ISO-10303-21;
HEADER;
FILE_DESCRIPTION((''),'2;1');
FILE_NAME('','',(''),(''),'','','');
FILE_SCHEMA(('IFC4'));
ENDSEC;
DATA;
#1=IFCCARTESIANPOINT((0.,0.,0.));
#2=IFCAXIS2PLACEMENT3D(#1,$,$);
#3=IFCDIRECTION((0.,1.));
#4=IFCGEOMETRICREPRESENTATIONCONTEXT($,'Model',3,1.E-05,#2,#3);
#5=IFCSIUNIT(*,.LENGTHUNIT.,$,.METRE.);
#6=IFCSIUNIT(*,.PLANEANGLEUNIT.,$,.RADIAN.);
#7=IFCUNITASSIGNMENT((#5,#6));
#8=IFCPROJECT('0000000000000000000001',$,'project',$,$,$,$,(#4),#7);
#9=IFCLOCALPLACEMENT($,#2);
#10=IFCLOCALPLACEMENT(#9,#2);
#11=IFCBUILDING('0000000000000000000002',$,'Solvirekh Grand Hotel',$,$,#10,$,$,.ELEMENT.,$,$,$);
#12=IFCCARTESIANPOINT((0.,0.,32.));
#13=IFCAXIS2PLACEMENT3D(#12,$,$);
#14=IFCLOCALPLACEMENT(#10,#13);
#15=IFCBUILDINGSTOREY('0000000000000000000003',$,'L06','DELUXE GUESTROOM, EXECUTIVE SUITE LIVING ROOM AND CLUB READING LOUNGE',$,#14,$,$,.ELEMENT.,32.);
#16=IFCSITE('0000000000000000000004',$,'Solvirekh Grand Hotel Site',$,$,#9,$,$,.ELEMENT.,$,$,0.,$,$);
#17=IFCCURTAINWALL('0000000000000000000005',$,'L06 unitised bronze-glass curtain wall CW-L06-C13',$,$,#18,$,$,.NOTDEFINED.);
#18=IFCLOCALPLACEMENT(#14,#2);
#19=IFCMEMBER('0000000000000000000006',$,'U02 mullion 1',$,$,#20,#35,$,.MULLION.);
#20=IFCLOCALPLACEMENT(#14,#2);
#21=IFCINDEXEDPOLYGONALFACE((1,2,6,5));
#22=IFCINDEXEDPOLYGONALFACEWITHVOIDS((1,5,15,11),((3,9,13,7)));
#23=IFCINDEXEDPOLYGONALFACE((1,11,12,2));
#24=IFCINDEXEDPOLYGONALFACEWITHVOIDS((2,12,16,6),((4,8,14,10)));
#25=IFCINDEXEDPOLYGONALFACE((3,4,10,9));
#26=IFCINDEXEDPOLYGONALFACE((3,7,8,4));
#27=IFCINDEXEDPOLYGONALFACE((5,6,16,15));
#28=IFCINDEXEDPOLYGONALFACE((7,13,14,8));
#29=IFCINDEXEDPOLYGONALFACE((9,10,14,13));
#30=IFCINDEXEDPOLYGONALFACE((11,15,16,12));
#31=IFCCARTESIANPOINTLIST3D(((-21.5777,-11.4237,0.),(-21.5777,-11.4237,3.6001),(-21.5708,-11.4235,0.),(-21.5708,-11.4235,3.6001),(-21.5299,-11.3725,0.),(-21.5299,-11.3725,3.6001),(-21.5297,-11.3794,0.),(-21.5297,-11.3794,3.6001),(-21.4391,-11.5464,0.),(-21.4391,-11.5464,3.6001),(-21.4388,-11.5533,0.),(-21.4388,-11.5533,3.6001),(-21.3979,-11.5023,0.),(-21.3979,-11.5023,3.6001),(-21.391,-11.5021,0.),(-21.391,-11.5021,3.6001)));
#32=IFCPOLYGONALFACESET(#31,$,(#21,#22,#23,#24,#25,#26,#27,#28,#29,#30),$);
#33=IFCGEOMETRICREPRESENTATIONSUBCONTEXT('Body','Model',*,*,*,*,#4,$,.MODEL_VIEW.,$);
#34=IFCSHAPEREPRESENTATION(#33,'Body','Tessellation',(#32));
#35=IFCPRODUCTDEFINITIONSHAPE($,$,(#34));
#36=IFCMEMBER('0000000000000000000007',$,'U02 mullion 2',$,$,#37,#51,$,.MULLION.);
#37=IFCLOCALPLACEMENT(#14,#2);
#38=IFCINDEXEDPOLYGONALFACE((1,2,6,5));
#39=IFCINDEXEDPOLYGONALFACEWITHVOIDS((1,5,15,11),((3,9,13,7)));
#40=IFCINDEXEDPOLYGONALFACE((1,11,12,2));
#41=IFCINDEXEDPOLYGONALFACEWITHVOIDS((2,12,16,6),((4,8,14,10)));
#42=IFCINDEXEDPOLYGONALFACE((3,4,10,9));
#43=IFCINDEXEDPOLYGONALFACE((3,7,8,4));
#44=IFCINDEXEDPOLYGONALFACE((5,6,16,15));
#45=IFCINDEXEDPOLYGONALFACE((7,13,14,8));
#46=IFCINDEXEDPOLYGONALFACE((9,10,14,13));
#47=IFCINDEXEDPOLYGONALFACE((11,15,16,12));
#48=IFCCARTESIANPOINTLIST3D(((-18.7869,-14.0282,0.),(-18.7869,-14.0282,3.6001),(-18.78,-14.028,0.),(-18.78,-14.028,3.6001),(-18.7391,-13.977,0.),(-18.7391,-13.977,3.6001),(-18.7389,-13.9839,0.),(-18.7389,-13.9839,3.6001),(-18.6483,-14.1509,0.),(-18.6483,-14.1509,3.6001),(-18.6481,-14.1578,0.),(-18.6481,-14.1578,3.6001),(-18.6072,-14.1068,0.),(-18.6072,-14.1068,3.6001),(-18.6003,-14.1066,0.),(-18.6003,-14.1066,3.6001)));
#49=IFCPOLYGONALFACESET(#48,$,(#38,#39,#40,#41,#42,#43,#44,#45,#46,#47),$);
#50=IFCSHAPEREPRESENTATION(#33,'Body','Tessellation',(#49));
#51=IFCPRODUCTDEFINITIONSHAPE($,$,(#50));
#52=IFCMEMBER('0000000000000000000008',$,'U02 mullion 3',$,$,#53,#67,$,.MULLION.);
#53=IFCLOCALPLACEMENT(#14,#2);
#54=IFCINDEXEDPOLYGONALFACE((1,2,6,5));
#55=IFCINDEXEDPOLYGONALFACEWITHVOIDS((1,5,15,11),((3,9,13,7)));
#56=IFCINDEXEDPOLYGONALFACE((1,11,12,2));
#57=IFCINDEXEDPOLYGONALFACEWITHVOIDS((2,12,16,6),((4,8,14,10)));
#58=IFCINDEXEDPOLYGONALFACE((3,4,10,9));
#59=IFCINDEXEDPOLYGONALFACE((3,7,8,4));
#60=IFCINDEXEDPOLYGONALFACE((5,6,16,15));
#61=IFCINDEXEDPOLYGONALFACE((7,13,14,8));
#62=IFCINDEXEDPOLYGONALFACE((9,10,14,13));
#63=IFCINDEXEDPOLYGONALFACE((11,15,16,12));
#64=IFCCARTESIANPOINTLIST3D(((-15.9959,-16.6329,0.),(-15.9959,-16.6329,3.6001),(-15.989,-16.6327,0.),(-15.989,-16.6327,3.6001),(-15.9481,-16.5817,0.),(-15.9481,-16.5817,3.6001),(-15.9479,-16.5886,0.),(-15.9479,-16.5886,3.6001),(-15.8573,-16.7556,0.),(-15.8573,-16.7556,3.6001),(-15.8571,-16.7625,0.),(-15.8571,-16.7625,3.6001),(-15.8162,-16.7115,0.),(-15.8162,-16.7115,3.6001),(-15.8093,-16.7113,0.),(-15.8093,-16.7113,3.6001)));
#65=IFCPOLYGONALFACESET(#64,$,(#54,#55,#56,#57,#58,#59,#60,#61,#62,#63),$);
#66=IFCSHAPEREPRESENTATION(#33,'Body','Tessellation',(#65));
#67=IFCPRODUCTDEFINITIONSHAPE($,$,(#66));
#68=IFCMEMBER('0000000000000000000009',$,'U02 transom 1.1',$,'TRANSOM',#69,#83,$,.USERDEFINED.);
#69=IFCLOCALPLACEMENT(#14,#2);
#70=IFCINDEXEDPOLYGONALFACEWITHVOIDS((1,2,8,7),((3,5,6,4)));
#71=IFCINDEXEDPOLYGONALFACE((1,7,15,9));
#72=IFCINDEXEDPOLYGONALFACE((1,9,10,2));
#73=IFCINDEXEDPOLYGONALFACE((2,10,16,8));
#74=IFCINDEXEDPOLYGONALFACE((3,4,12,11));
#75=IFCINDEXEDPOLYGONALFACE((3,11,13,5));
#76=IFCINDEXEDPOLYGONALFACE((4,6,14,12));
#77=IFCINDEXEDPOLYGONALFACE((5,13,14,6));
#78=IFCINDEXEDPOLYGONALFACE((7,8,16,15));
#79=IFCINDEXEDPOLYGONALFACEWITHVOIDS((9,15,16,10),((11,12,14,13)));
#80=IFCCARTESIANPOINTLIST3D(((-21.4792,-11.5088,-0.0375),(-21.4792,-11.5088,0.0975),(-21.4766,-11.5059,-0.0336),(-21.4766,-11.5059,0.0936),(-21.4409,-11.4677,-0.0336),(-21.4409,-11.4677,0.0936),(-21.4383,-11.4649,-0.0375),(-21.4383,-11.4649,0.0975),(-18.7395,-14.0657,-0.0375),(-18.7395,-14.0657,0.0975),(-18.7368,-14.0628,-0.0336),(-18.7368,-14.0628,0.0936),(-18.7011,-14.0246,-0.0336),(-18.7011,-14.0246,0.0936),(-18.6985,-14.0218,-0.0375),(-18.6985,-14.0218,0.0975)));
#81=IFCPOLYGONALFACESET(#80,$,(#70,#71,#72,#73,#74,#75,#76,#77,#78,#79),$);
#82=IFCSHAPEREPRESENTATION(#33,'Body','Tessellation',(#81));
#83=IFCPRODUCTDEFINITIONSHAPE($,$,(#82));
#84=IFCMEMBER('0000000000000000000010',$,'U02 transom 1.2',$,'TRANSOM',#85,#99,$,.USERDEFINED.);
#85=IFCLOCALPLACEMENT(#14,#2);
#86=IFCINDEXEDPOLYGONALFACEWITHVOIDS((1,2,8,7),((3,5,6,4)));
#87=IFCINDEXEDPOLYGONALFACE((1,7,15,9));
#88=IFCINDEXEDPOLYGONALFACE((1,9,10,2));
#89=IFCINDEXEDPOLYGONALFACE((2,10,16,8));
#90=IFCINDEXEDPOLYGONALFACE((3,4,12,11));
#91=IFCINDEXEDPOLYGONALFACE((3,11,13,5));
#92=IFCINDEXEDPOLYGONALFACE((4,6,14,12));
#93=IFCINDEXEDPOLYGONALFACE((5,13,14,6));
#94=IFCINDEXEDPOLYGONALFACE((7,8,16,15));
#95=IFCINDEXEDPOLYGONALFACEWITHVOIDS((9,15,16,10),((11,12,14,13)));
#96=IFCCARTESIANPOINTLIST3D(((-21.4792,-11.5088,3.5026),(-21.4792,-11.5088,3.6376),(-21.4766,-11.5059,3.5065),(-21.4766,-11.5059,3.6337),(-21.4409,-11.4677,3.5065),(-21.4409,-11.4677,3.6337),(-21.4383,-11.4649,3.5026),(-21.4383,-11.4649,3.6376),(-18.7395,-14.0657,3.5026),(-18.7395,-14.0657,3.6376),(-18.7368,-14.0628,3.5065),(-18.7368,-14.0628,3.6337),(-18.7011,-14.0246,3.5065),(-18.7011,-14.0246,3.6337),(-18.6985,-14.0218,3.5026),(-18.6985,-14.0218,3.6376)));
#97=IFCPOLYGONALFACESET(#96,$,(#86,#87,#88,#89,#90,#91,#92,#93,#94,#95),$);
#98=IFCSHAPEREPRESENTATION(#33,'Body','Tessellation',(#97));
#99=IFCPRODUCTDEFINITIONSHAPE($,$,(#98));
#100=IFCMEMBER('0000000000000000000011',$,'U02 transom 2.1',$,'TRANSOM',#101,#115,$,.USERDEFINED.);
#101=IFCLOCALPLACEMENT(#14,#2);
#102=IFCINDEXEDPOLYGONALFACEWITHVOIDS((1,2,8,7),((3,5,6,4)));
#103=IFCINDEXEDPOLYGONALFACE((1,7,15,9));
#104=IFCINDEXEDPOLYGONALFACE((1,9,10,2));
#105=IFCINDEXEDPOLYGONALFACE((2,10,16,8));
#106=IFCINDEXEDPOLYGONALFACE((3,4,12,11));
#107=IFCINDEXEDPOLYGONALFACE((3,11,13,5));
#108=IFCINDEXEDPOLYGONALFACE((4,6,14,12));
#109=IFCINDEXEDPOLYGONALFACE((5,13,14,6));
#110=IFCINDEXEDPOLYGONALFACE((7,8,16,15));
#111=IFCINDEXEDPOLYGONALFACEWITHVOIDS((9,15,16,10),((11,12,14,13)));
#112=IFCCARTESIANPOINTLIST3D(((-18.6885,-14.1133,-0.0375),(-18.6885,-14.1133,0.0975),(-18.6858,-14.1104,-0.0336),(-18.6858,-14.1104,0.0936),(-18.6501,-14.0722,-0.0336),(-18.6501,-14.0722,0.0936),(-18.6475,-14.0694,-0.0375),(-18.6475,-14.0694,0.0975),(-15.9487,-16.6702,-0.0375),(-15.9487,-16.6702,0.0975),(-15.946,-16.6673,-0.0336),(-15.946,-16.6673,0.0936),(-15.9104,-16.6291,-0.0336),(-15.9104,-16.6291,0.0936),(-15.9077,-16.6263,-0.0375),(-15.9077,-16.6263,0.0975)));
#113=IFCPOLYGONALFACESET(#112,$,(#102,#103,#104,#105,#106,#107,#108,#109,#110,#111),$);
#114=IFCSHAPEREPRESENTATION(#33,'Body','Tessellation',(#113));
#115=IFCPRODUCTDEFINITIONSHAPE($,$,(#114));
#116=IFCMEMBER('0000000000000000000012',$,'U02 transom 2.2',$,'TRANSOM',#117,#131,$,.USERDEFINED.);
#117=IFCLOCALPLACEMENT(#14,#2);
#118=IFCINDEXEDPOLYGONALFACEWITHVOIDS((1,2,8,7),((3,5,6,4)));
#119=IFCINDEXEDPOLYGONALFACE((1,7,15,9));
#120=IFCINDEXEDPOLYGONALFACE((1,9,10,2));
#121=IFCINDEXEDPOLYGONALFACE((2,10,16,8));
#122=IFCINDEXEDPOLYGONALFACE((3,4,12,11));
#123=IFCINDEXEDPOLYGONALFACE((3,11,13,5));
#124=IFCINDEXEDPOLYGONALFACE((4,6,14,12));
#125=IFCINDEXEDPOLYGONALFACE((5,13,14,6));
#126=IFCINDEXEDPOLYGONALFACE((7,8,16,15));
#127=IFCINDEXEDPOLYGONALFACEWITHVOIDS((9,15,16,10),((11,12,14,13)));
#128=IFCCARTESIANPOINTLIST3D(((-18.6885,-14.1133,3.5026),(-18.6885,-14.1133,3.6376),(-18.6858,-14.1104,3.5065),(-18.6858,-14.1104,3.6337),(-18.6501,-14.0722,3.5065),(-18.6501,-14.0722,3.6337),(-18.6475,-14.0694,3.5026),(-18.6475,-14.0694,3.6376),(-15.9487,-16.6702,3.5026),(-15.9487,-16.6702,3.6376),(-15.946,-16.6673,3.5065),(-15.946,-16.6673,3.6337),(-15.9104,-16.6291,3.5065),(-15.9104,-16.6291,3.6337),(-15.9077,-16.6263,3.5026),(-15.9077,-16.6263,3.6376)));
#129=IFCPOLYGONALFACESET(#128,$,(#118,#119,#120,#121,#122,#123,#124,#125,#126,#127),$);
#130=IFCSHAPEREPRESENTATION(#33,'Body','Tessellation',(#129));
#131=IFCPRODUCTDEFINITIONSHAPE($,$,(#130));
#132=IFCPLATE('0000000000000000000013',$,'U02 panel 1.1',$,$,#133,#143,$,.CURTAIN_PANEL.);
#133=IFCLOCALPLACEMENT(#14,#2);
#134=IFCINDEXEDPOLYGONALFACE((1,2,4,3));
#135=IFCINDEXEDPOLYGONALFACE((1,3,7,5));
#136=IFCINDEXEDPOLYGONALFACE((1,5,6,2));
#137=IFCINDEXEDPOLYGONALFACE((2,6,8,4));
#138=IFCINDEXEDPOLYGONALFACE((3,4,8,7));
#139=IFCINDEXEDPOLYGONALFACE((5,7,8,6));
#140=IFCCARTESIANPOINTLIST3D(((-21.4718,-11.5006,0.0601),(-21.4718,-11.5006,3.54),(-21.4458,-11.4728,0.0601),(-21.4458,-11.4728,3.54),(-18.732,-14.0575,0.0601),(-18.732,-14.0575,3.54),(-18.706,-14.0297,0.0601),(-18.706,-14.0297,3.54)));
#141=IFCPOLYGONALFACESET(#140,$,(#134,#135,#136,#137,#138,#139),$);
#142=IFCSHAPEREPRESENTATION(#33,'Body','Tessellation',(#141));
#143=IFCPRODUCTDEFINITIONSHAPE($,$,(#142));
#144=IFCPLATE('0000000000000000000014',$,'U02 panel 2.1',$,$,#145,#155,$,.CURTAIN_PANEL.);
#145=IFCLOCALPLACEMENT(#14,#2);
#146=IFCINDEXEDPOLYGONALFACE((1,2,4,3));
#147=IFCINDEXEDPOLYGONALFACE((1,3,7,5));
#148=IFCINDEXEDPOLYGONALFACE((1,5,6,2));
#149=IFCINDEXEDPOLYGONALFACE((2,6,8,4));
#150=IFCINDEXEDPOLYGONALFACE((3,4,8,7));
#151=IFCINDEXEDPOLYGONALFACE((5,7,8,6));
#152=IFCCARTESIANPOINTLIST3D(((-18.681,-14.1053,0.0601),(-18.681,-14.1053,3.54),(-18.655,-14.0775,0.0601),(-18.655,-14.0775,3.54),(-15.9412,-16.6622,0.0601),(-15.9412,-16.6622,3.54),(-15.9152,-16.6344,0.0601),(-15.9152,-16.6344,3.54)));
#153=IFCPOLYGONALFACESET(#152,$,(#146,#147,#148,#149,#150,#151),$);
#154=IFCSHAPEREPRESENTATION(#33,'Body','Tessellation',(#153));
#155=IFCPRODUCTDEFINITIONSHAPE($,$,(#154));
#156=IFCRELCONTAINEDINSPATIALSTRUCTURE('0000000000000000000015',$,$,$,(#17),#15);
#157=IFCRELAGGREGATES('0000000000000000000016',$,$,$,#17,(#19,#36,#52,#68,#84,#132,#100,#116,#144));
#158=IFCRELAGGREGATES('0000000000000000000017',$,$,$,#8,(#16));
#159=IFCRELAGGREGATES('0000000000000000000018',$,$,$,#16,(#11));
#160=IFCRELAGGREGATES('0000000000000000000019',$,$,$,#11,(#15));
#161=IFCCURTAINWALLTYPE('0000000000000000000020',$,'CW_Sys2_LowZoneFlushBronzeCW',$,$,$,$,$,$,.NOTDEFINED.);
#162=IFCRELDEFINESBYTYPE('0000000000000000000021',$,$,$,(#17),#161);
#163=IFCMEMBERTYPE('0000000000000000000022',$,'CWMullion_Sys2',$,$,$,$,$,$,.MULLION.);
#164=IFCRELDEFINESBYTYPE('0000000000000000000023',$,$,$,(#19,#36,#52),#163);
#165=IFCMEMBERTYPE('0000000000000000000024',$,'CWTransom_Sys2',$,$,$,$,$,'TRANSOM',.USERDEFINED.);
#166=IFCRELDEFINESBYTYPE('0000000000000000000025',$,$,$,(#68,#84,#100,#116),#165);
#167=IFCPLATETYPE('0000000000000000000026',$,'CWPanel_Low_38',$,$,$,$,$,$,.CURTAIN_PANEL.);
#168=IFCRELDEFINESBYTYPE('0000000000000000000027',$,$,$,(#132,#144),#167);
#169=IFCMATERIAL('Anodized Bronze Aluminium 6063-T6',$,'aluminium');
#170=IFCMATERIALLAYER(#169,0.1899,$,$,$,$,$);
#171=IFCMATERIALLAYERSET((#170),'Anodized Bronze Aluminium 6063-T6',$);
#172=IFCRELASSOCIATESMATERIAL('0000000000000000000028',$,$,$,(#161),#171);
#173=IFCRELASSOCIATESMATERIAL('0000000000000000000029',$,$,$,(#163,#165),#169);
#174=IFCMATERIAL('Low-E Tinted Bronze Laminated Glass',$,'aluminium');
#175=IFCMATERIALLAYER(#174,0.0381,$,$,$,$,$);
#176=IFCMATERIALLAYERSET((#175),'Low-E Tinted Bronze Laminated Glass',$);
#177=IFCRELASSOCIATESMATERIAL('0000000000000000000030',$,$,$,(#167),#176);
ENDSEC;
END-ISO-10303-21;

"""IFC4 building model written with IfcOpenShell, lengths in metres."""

from ifc_helpers import new_model, si_unit, direction, frame, origin, origin_2d, place, context, subcontext, project, spatial, rectangle, hollow_rectangle, extrude, source, transform, mapped, material, layer, layer_set, material_profile, profile_set, type_object, element, aggregate, save


model = new_model("IFC4")

# Units and contexts
model_context = context("Model", 3, precision=1e-05, world=origin(), true_north=direction((0.0, 1.0)))
body_context = subcontext(model_context, "Body", "Model", "MODEL_VIEW")
ifc_project = project(units=[si_unit("LENGTHUNIT", "METRE"), si_unit("PLANEANGLEUNIT", "RADIAN")], contexts=[model_context])

# Site, building, storey
site_placement = place(None, origin())
site = spatial("IfcSite", under=ifc_project, at=site_placement, Name="Solvirekh Grand Hotel Site", CompositionType="ELEMENT", RefElevation=0.0)
building_placement = place(site_placement, origin())
building = spatial("IfcBuilding", under=site, at=building_placement, Name="Solvirekh Grand Hotel", CompositionType="ELEMENT")
storey_placement = place(building_placement, frame((0.0, 0.0, 32.0)))
storey = spatial("IfcBuildingStorey", under=building, at=storey_placement, Name="L06", Description="DELUXE GUESTROOM, EXECUTIVE SUITE LIVING ROOM AND CLUB READING LOUNGE", CompositionType="ELEMENT", Elevation=32.0)

# Curtain wall, members, plates
ifc_material_1 = material(Name="Anodized Bronze Aluminium 6063-T6", Category="aluminium")
ifc_layer_1 = layer(ifc_material_1, 0.1899)
ifc_layer_set_1 = layer_set([ifc_layer_1], Name="Anodized Bronze Aluminium 6063-T6")
curtain_wall_type = type_object("IfcCurtainWallType", Name="CW_Sys2_LowZoneFlushBronzeCW", PredefinedType="NOTDEFINED", material=ifc_layer_set_1)
curtain_wall_placement = place(storey_placement, origin())
curtain_wall = element("IfcCurtainWall", 1, at=curtain_wall_placement, inside=storey, type_object=curtain_wall_type, Name="L06 unitised bronze-glass curtain wall CW-L06-C13", PredefinedType="NOTDEFINED")
ifc_material_profile_1 = material_profile(ifc_material_1, hollow_rectangle(XDim=0.0701, YDim=0.1899, WallThickness=0.0049, at=origin_2d()), Name="ALU RHS 190X70X5")
ifc_profile_set_1 = profile_set([ifc_material_profile_1], Name="Anodized Bronze Aluminium 6063-T6")
member_type_1 = type_object("IfcMemberType", Name="CWMullion_Sys2", PredefinedType="MULLION", material=ifc_profile_set_1)
shared_shape_1 = source(origin(), body_context, "Body", "SweptSolid", [
    extrude(hollow_rectangle(XDim=0.0701, YDim=0.1899, WallThickness=0.0049, at=origin_2d()), origin(), (0.0, 0.0, 1.0), 3.6001),
])
member_1_placement = place(storey_placement, frame((-21.4844, -11.4629, 0.0), z_axis=(0.0, 0.0, 1.0), x_axis=(0.682286, 0.731085, 0.0)))
member_1 = element("IfcMember", 2, at=member_1_placement, type_object=member_type_1, Name="U02 mullion 1", PredefinedType="MULLION", context=body_context, shape_type="MappedRepresentation", body=[
    mapped(shared_shape_1, transform((0.0, 0.0, 0.0), x_axis=(1.0, 0.0, 0.0), y_axis=(0.0, 1.0, 0.0), z_axis=(0.0, 0.0, 1.0), scale=1.0)),
])
member_2_placement = place(storey_placement, frame((-18.6936, -14.0674, 0.0), z_axis=(0.0, 0.0, 1.0), x_axis=(0.682286, 0.731085, 0.0)))
member_2 = element("IfcMember", 3, at=member_2_placement, type_object=member_type_1, Name="U02 mullion 2", PredefinedType="MULLION", context=body_context, shape_type="MappedRepresentation", body=[
    mapped(shared_shape_1, transform((0.0, 0.0, 0.0), x_axis=(1.0, 0.0, 0.0), y_axis=(0.0, 1.0, 0.0), z_axis=(0.0, 0.0, 1.0), scale=1.0)),
])
member_3_placement = place(storey_placement, frame((-15.9026, -16.6721, 0.0), z_axis=(0.0, 0.0, 1.0), x_axis=(0.682286, 0.731085, 0.0)))
member_3 = element("IfcMember", 4, at=member_3_placement, type_object=member_type_1, Name="U02 mullion 3", PredefinedType="MULLION", context=body_context, shape_type="MappedRepresentation", body=[
    mapped(shared_shape_1, transform((0.0, 0.0, 0.0), x_axis=(1.0, 0.0, 0.0), y_axis=(0.0, 1.0, 0.0), z_axis=(0.0, 0.0, 1.0), scale=1.0)),
])
ifc_material_profile_2 = material_profile(ifc_material_1, hollow_rectangle(XDim=0.0601, YDim=0.135, WallThickness=0.0039, at=origin_2d()), Name="ALU RHS 135X60X4")
ifc_profile_set_2 = profile_set([ifc_material_profile_2], Name="Anodized Bronze Aluminium 6063-T6")
member_type_2 = type_object("IfcMemberType", Name="CWTransom_Sys2", ElementType="TRANSOM", PredefinedType="USERDEFINED", material=ifc_profile_set_2)
shared_shape_2 = source(origin(), body_context, "Body", "SweptSolid", [
    extrude(hollow_rectangle(XDim=0.0601, YDim=0.135, WallThickness=0.0039, at=origin_2d()), origin(), (0.0, 0.0, 1.0), 3.7476),
])
member_4_placement = place(storey_placement, frame((-21.4587, -11.4868, 0.03), z_axis=(0.731083, -0.682288, 0.0), x_axis=(0.682288, 0.731083, 0.0)))
member_4 = element("IfcMember", 5, at=member_4_placement, type_object=member_type_2, Name="U02 transom 1.1", ObjectType="TRANSOM", PredefinedType="USERDEFINED", context=body_context, shape_type="MappedRepresentation", body=[
    mapped(shared_shape_2, transform((0.0, 0.0, 0.0), x_axis=(1.0, 0.0, 0.0), y_axis=(0.0, 1.0, 0.0), z_axis=(0.0, 0.0, 1.0), scale=1.0)),
])
member_5_placement = place(storey_placement, frame((-21.4587, -11.4868, 3.5701), z_axis=(0.731083, -0.682288, 0.0), x_axis=(0.682288, 0.731083, 0.0)))
member_5 = element("IfcMember", 6, at=member_5_placement, type_object=member_type_2, Name="U02 transom 1.2", ObjectType="TRANSOM", PredefinedType="USERDEFINED", context=body_context, shape_type="MappedRepresentation", body=[
    mapped(shared_shape_2, transform((0.0, 0.0, 0.0), x_axis=(1.0, 0.0, 0.0), y_axis=(0.0, 1.0, 0.0), z_axis=(0.0, 0.0, 1.0), scale=1.0)),
])
member_6_placement = place(storey_placement, frame((-18.668, -14.0913, 0.03), z_axis=(0.731083, -0.682288, 0.0), x_axis=(0.682288, 0.731083, 0.0)))
member_6 = element("IfcMember", 7, at=member_6_placement, type_object=member_type_2, Name="U02 transom 2.1", ObjectType="TRANSOM", PredefinedType="USERDEFINED", context=body_context, shape_type="MappedRepresentation", body=[
    mapped(shared_shape_2, transform((0.0, 0.0, 0.0), x_axis=(1.0, 0.0, 0.0), y_axis=(0.0, 1.0, 0.0), z_axis=(0.0, 0.0, 1.0), scale=1.0)),
])
member_7_placement = place(storey_placement, frame((-18.668, -14.0913, 3.5701), z_axis=(0.731083, -0.682288, 0.0), x_axis=(0.682288, 0.731083, 0.0)))
member_7 = element("IfcMember", 8, at=member_7_placement, type_object=member_type_2, Name="U02 transom 2.2", ObjectType="TRANSOM", PredefinedType="USERDEFINED", context=body_context, shape_type="MappedRepresentation", body=[
    mapped(shared_shape_2, transform((0.0, 0.0, 0.0), x_axis=(1.0, 0.0, 0.0), y_axis=(0.0, 1.0, 0.0), z_axis=(0.0, 0.0, 1.0), scale=1.0)),
])
ifc_material_2 = material(Name="Low-E Tinted Bronze Laminated Glass", Category="aluminium")
ifc_layer_2 = layer(ifc_material_2, 0.0381)
ifc_layer_set_2 = layer_set([ifc_layer_2], Name="Low-E Tinted Bronze Laminated Glass")
plate_type = type_object("IfcPlateType", Name="CWPanel_Low_38", PredefinedType="CURTAIN_PANEL", material=ifc_layer_set_2)
shared_shape_3 = source(origin(), body_context, "Body", "SweptSolid", [
    extrude(rectangle(XDim=3.7476, YDim=0.0381, at=origin_2d()), origin(), (0.0, 0.0, 1.0), 3.48),
])
plate_1_placement = place(storey_placement, frame((-20.0889, -12.7651, 0.0601), z_axis=(0.0, 0.0, 1.0), x_axis=(0.731085, -0.682286, 0.0)))
plate_1 = element("IfcPlate", 9, at=plate_1_placement, type_object=plate_type, Name="U02 panel 1.1", PredefinedType="CURTAIN_PANEL", context=body_context, shape_type="MappedRepresentation", body=[
    mapped(shared_shape_3, transform((0.0, 0.0, 0.0), x_axis=(1.0, 0.0, 0.0), y_axis=(0.0, 1.0, 0.0), z_axis=(0.0, 0.0, 1.0), scale=1.0)),
])
plate_2_placement = place(storey_placement, frame((-17.2981, -15.3699, 0.0601), z_axis=(0.0, 0.0, 1.0), x_axis=(0.731085, -0.682286, 0.0)))
plate_2 = element("IfcPlate", 10, at=plate_2_placement, type_object=plate_type, Name="U02 panel 2.1", PredefinedType="CURTAIN_PANEL", context=body_context, shape_type="MappedRepresentation", body=[
    mapped(shared_shape_3, transform((0.0, 0.0, 0.0), x_axis=(1.0, 0.0, 0.0), y_axis=(0.0, 1.0, 0.0), z_axis=(0.0, 0.0, 1.0), scale=1.0)),
])
aggregate(curtain_wall, [member_1, member_2, member_3, member_4, member_5, plate_1, member_6, member_7, plate_2])

save(model, "model.ifc")
